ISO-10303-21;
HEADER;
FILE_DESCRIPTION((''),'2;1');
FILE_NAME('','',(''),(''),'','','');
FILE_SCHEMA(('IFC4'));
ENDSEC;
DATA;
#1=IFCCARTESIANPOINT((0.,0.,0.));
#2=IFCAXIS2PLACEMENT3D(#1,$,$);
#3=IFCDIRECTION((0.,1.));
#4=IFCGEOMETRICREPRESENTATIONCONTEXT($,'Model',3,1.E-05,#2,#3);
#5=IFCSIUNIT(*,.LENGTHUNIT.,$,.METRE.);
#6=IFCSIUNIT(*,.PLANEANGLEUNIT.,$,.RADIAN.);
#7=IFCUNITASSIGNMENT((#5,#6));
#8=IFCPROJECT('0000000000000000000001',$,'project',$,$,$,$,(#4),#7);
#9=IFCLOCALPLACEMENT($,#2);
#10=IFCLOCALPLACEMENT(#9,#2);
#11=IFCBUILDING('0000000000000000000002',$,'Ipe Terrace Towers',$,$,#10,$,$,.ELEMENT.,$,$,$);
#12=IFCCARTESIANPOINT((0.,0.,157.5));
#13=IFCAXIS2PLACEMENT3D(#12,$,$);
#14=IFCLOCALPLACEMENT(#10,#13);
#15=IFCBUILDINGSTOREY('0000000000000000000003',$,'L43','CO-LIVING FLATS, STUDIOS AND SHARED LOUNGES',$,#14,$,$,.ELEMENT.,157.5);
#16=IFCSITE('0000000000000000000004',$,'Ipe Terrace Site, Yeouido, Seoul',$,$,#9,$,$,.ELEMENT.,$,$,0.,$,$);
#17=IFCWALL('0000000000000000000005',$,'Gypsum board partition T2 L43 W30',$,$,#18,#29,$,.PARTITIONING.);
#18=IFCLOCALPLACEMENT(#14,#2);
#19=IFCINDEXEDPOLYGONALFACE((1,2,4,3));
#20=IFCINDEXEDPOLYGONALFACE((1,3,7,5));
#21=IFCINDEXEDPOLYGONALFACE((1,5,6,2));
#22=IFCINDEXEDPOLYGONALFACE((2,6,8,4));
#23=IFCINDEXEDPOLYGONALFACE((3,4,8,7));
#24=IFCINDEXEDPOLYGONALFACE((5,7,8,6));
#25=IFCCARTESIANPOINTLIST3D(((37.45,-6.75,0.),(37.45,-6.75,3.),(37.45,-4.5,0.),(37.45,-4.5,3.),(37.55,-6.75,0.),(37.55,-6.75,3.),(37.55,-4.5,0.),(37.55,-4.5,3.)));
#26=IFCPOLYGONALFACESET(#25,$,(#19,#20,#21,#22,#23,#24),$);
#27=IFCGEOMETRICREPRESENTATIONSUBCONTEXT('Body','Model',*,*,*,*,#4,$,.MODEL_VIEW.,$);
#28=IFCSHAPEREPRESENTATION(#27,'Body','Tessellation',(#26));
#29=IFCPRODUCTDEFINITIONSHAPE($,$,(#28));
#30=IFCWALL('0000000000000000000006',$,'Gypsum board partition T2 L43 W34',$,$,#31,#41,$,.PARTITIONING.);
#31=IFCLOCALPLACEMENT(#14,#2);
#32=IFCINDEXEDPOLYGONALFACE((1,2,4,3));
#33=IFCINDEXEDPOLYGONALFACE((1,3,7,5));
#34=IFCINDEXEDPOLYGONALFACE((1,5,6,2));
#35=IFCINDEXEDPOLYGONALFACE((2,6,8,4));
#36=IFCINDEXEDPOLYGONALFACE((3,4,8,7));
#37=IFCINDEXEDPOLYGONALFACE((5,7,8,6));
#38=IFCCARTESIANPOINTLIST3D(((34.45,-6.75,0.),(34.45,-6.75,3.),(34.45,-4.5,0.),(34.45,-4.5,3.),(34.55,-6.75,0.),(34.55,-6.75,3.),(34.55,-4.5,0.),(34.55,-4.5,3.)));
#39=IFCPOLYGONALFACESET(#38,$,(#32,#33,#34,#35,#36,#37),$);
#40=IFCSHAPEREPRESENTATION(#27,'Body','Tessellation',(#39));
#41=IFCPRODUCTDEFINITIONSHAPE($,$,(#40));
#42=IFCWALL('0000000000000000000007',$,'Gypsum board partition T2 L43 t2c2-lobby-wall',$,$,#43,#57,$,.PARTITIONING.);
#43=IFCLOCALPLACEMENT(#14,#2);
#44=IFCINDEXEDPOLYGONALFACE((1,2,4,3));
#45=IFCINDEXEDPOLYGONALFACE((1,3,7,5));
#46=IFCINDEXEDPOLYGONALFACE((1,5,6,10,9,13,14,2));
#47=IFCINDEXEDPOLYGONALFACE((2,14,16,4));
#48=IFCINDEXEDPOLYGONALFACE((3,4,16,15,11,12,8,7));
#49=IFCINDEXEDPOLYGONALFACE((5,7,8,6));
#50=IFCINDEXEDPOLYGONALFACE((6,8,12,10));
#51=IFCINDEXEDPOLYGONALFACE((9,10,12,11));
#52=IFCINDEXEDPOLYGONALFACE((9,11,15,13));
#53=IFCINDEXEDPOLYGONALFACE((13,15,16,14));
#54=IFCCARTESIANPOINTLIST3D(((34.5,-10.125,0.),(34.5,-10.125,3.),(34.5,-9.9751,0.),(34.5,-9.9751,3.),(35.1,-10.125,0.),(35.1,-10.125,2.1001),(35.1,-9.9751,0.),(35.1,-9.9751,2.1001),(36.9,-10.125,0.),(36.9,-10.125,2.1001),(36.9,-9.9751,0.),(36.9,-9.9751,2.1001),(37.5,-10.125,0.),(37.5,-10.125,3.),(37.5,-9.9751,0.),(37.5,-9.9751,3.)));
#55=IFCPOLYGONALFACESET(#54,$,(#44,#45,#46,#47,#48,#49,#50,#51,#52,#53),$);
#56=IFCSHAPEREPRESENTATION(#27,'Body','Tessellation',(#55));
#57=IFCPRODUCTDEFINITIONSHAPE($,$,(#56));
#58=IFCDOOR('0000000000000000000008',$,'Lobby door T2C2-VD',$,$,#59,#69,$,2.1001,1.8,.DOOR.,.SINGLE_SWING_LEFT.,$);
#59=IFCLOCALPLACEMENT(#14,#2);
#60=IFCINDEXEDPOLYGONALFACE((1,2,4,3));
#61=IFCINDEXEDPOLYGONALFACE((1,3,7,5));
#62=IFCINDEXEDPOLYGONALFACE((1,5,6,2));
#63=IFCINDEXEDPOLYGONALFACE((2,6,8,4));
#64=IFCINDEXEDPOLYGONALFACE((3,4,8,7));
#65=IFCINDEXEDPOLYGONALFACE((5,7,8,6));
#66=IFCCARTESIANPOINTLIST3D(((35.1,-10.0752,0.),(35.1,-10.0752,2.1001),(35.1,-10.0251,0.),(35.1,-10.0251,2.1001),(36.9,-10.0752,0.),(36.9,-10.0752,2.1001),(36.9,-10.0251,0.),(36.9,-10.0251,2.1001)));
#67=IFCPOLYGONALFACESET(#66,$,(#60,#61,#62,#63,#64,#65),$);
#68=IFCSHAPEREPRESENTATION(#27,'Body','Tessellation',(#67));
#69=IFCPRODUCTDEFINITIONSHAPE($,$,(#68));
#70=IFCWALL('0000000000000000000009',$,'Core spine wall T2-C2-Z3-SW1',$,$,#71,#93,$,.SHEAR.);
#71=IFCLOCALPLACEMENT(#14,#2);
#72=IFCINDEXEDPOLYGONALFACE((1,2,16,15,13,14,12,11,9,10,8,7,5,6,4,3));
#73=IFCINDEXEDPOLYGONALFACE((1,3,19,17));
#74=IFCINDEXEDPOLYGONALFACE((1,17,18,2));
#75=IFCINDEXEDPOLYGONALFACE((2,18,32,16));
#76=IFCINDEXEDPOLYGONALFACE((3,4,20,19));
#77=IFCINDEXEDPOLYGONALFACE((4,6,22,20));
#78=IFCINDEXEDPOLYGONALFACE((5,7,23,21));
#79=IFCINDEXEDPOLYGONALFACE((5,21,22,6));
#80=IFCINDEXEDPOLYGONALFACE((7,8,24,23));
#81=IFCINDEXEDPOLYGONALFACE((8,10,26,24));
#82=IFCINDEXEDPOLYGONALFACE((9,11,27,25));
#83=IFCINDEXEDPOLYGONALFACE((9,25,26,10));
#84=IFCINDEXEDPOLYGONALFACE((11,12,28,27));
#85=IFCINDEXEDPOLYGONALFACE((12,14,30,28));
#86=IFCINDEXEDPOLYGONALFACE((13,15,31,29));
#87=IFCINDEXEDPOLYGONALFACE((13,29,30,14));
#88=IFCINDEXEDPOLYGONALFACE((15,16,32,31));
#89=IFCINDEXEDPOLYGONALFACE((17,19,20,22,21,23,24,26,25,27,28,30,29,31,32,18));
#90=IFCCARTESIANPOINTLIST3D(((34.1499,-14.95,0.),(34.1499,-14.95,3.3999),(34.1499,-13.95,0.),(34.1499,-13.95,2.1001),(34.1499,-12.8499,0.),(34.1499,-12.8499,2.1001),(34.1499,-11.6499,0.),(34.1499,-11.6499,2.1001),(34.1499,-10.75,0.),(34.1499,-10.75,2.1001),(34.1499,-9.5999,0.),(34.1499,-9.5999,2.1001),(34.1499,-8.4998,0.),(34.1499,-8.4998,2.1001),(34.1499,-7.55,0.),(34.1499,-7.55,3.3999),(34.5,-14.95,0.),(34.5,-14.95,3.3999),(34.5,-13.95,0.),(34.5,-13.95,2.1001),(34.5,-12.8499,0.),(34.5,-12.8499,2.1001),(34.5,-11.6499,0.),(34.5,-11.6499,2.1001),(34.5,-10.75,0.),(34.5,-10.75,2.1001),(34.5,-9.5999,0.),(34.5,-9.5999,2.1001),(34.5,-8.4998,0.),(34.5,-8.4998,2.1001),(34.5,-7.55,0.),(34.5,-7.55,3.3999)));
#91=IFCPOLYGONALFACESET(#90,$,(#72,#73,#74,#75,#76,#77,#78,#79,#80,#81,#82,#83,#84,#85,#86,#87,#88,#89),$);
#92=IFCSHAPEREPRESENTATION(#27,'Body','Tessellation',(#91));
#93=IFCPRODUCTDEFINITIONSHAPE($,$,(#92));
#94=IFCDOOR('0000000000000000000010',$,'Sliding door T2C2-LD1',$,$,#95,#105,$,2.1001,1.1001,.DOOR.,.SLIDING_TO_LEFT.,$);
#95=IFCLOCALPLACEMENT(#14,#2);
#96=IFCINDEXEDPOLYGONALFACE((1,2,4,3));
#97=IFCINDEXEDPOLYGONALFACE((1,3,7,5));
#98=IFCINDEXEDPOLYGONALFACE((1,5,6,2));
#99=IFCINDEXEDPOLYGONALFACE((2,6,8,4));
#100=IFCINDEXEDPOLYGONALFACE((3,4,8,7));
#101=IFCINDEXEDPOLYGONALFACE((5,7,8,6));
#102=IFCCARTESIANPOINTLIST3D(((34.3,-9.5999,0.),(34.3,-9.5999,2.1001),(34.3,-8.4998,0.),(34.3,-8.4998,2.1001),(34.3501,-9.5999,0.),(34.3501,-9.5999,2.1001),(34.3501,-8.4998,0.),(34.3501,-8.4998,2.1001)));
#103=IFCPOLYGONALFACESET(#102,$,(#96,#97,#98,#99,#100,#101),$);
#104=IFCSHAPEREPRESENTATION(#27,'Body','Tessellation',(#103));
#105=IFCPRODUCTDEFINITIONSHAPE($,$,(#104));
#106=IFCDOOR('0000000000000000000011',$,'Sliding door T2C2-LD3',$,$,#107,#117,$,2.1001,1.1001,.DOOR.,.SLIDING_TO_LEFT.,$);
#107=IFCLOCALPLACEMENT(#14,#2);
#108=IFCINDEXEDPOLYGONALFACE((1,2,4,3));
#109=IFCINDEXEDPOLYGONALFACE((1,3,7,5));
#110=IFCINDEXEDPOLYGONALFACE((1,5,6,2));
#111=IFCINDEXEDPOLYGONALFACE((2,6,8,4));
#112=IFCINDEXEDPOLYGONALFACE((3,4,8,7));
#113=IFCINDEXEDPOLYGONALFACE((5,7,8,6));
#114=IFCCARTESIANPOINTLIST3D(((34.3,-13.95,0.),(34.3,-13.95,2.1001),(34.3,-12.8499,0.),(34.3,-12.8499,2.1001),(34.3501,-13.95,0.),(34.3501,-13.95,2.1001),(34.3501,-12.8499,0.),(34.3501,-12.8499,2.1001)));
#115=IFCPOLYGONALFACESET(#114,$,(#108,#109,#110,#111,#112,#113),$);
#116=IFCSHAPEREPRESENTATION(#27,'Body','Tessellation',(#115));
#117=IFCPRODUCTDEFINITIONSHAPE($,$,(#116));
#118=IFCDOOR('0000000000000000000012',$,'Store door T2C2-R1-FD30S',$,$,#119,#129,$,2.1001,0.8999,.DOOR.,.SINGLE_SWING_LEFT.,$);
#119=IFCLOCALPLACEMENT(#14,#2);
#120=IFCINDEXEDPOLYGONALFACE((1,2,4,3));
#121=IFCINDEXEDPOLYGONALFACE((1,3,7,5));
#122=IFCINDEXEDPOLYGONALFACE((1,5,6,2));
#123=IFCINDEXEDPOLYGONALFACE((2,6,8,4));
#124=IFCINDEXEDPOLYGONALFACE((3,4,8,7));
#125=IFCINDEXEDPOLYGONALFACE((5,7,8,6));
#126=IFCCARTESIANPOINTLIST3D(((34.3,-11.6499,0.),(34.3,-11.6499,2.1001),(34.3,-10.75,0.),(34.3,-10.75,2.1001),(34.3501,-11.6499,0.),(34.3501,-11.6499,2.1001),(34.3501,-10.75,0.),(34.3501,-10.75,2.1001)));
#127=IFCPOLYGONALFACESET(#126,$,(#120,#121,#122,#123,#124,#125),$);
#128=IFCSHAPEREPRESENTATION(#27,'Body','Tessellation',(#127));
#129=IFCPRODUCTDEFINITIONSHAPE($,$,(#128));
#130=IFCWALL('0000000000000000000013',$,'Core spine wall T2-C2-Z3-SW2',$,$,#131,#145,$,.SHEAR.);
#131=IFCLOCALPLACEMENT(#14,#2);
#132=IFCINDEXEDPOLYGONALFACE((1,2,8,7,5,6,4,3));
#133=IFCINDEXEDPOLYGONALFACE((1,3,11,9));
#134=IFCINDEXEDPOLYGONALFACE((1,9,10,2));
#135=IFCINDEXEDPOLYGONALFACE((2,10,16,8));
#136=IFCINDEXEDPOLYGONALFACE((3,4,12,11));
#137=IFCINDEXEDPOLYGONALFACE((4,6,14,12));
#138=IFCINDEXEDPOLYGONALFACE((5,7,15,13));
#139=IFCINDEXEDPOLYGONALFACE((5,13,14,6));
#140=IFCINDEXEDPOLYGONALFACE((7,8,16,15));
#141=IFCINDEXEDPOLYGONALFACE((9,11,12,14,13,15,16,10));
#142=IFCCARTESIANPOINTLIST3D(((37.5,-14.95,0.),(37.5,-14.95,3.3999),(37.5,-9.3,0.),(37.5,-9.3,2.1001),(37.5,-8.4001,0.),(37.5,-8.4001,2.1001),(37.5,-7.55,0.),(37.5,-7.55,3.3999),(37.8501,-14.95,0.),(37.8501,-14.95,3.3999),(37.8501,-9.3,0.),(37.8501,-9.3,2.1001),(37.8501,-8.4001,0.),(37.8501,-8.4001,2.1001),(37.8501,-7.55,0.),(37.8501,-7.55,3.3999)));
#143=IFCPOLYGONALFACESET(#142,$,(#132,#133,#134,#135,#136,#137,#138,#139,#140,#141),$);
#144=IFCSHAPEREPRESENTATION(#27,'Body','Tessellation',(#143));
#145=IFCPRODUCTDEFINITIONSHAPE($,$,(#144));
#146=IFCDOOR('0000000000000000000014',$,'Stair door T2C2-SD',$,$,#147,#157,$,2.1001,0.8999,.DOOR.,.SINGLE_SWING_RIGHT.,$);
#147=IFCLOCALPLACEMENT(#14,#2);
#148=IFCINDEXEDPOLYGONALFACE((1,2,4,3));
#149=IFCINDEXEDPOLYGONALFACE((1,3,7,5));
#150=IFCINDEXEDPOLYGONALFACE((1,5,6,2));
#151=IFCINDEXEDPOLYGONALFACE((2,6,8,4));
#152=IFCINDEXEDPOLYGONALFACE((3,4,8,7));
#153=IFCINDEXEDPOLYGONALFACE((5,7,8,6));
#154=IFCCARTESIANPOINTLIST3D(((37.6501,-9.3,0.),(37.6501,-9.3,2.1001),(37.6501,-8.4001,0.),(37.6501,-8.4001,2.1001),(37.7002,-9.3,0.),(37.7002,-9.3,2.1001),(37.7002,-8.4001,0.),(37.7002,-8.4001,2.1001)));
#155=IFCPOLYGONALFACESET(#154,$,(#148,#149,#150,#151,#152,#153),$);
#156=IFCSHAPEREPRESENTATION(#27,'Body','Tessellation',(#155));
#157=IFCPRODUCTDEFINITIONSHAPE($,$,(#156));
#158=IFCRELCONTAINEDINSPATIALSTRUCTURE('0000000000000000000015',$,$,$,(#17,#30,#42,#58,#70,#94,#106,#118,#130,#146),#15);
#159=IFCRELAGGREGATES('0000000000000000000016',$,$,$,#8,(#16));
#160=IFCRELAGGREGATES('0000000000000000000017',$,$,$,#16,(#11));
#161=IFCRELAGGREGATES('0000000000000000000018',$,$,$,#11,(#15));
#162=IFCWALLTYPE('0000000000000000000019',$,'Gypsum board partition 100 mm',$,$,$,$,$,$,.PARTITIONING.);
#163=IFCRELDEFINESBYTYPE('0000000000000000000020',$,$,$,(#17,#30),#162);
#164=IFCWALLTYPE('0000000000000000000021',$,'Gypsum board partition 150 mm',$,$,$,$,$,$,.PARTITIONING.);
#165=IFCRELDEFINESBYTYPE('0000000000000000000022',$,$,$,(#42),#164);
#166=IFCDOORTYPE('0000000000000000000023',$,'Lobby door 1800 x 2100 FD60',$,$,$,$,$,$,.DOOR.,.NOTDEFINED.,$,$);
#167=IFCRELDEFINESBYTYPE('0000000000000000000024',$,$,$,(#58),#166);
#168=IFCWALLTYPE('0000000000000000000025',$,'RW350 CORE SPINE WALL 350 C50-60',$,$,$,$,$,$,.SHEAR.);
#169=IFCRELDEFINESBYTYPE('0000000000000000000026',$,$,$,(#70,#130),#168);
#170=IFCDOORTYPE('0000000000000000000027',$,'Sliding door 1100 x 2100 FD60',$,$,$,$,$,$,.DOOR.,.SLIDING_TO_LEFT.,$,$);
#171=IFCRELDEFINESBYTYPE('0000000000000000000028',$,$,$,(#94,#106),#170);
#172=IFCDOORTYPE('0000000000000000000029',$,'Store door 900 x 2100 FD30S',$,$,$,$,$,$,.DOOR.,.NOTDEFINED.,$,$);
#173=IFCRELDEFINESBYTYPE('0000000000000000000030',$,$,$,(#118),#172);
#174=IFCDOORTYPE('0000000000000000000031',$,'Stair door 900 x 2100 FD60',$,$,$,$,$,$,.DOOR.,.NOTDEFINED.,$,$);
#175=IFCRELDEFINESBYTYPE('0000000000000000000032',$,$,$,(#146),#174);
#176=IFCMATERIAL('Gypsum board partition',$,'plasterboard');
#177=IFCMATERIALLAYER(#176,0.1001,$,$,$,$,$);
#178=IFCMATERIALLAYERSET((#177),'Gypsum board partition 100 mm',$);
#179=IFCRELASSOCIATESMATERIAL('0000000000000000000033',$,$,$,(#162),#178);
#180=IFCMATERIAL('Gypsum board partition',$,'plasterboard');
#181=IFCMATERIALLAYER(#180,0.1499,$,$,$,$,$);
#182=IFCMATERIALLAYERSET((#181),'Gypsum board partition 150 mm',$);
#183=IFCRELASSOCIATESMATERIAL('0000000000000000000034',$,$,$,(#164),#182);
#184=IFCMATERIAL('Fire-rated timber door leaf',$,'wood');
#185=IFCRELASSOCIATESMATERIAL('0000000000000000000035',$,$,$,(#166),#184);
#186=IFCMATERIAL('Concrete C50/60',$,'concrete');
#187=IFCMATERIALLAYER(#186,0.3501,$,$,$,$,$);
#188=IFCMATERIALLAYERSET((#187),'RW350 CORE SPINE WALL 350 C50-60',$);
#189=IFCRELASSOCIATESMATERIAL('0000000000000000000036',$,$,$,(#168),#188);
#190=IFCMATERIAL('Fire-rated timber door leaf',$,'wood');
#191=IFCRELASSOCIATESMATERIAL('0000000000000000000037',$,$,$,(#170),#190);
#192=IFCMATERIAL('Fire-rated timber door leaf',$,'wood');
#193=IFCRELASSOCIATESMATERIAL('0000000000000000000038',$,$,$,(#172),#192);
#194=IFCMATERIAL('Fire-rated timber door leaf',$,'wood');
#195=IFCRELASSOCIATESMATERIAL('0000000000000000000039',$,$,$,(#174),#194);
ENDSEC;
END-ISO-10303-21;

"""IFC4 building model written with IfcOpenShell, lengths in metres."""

from ifc_helpers import new_model, si_unit, direction, frame, frame_2d, origin, place, context, subcontext, project, spatial, rectangle, extrude, material, layer, layer_set, type_object, element, fill, save


model = new_model("IFC4")

# Units and contexts
model_context = context("Model", 3, precision=1e-05, world=origin(), true_north=direction((0.0, 1.0)))
body_context = subcontext(model_context, "Body", "Model", "MODEL_VIEW")
ifc_project = project(units=[si_unit("LENGTHUNIT", "METRE"), si_unit("PLANEANGLEUNIT", "RADIAN")], contexts=[model_context])

# Site, building, storey
site_placement = place(None, origin())
site = spatial("IfcSite", under=ifc_project, at=site_placement, Name="Ipe Terrace Site, Yeouido, Seoul", CompositionType="ELEMENT", RefElevation=0.0)
building_placement = place(site_placement, origin())
building = spatial("IfcBuilding", under=site, at=building_placement, Name="Ipe Terrace Towers", CompositionType="ELEMENT")
storey_placement = place(building_placement, frame((0.0, 0.0, 157.5)))
storey = spatial("IfcBuildingStorey", under=building, at=storey_placement, Name="L43", Description="CO-LIVING FLATS, STUDIOS AND SHARED LOUNGES", CompositionType="ELEMENT", Elevation=157.5)

# Walls
ifc_material_1 = material(Name="Gypsum board partition", Category="plasterboard")
ifc_layer_1 = layer(ifc_material_1, 0.1001)
ifc_layer_set_1 = layer_set([ifc_layer_1], Name="Gypsum board partition 100 mm")
wall_type_1 = type_object("IfcWallType", Name="Gypsum board partition 100 mm", PredefinedType="PARTITIONING", material=ifc_layer_set_1)
for number, where, z_axis, x_axis, name in (
    (1, (37.5, -6.75, 0.0), (0.0, 0.0, 1.0), (0.0, 1.0, 0.0), "Gypsum board partition T2 L43 W30"),
    (2, (34.5, -6.75, 0.0), (0.0, 0.0, 1.0), (0.0, 1.0, 0.0), "Gypsum board partition T2 L43 W34"),
):
    element("IfcWall", number, at=place(storey_placement, frame(where, z_axis=z_axis, x_axis=x_axis)), inside=storey, type_object=wall_type_1, Name=name, PredefinedType="PARTITIONING", context=body_context, shape_type="SweptSolid", body=[
        extrude(rectangle(XDim=2.25, YDim=0.1001, at=frame_2d((1.125, 0.0))), origin(), (0.0, 0.0, 1.0), 3.0),
    ])

# Wall, opening, door
ifc_material_2 = material(Name="Gypsum board partition", Category="plasterboard")
ifc_layer_2 = layer(ifc_material_2, 0.1499)
ifc_layer_set_2 = layer_set([ifc_layer_2], Name="Gypsum board partition 150 mm")
wall_type_2 = type_object("IfcWallType", Name="Gypsum board partition 150 mm", PredefinedType="PARTITIONING", material=ifc_layer_set_2)
wall_1_placement = place(storey_placement, frame((34.5, -10.05, 0.0), z_axis=(0.0, 0.0, 1.0), x_axis=(1.0, 0.0, 0.0)))
wall_1 = element("IfcWall", 3, at=wall_1_placement, inside=storey, type_object=wall_type_2, Name="Gypsum board partition T2 L43 t2c2-lobby-wall", PredefinedType="PARTITIONING", context=body_context, shape_type="SweptSolid", body=[
    extrude(rectangle(XDim=3.0, YDim=0.1499, at=frame_2d((1.5, 0.0))), origin(), (0.0, 0.0, 1.0), 3.0),
])
opening_1_placement = place(wall_1_placement, frame((0.6001, 0.0, 0.0)))
opening_1 = element("IfcOpeningElement", 4, at=opening_1_placement, cuts=wall_1, PredefinedType="OPENING", context=body_context, shape_type="SweptSolid", body=[
    extrude(rectangle(XDim=1.8, YDim=2.1001, at=frame_2d((0.8999, 1.05))), frame((0.0, 0.085, 0.0), z_axis=(0.0, -1.0, 0.0), x_axis=(1.0, 0.0, 0.0)), (0.0, 0.0, 1.0), 0.1699),
])
ifc_material_3 = material(Name="Fire-rated timber door leaf", Category="wood")
door_type_1 = type_object("IfcDoorType", Name="Lobby door 1800 x 2100 FD60", OperationType="NOTDEFINED", PredefinedType="DOOR", material=ifc_material_3)
door_1_placement = place(opening_1_placement, origin())
door_1 = element("IfcDoor", 5, at=door_1_placement, inside=storey, type_object=door_type_1, Name="Lobby door T2C2-VD", OperationType="SINGLE_SWING_LEFT", OverallHeight=2.1001, OverallWidth=1.8, PredefinedType="DOOR", context=body_context, shape_type="SweptSolid", body=[
    extrude(rectangle(XDim=1.8, YDim=2.1001, at=frame_2d((0.8999, 1.05))), frame((0.0, 0.0249, 0.0), z_axis=(0.0, -1.0, 0.0), x_axis=(1.0, 0.0, 0.0)), (0.0, 0.0, 1.0), 0.05),
])
fill(opening_1, door_1)

# Wall, openings, doors
ifc_material_4 = material(Name="Concrete C50/60", Category="concrete")
ifc_layer_3 = layer(ifc_material_4, 0.3501)
ifc_layer_set_3 = layer_set([ifc_layer_3], Name="RW350 CORE SPINE WALL 350 C50-60")
wall_type_3 = type_object("IfcWallType", Name="RW350 CORE SPINE WALL 350 C50-60", PredefinedType="SHEAR", material=ifc_layer_set_3)
wall_2_placement = place(storey_placement, frame((34.325, -14.95, 0.0), z_axis=(0.0, 0.0, 1.0), x_axis=(0.0, 1.0, 0.0)))
wall_2 = element("IfcWall", 6, at=wall_2_placement, inside=storey, type_object=wall_type_3, Name="Core spine wall T2-C2-Z3-SW1", PredefinedType="SHEAR", context=body_context, shape_type="SweptSolid", body=[
    extrude(rectangle(XDim=7.3999, YDim=0.3501, at=frame_2d((3.7, 0.0))), origin(), (0.0, 0.0, 1.0), 3.3999),
])
opening_2_placement = place(wall_2_placement, frame((5.3501, 0.0, 0.0)))
opening_2 = element("IfcOpeningElement", 7, at=opening_2_placement, cuts=wall_2, PredefinedType="OPENING", context=body_context, shape_type="SweptSolid", body=[
    extrude(rectangle(XDim=1.1001, YDim=2.1001, at=frame_2d((0.55, 1.05))), frame((0.0, 0.1851, 0.0), z_axis=(0.0, -1.0, 0.0), x_axis=(1.0, 0.0, 0.0)), (0.0, 0.0, 1.0), 0.3701),
])
opening_3_placement = place(wall_2_placement, frame((1.0, 0.0, 0.0)))
opening_3 = element("IfcOpeningElement", 8, at=opening_3_placement, cuts=wall_2, PredefinedType="OPENING", context=body_context, shape_type="SweptSolid", body=[
    extrude(rectangle(XDim=1.1001, YDim=2.1001, at=frame_2d((0.55, 1.05))), frame((0.0, 0.1851, 0.0), z_axis=(0.0, -1.0, 0.0), x_axis=(1.0, 0.0, 0.0)), (0.0, 0.0, 1.0), 0.3701),
])
opening_4_placement = place(wall_2_placement, frame((3.3, 0.0, 0.0)))
opening_4 = element("IfcOpeningElement", 9, at=opening_4_placement, cuts=wall_2, PredefinedType="OPENING", context=body_context, shape_type="SweptSolid", body=[
    extrude(rectangle(XDim=0.8999, YDim=2.1001, at=frame_2d((0.45, 1.05))), frame((0.0, 0.1851, 0.0), z_axis=(0.0, -1.0, 0.0), x_axis=(1.0, 0.0, 0.0)), (0.0, 0.0, 1.0), 0.3701),
])
ifc_material_5 = material(Name="Fire-rated timber door leaf", Category="wood")
door_type_2 = type_object("IfcDoorType", Name="Sliding door 1100 x 2100 FD60", OperationType="SLIDING_TO_LEFT", PredefinedType="DOOR", material=ifc_material_5)
door_2_placement = place(opening_2_placement, origin())
door_2 = element("IfcDoor", 10, at=door_2_placement, inside=storey, type_object=door_type_2, Name="Sliding door T2C2-LD1", OperationType="SLIDING_TO_LEFT", OverallHeight=2.1001, OverallWidth=1.1001, PredefinedType="DOOR", context=body_context, shape_type="SweptSolid", body=[
    extrude(rectangle(XDim=1.1001, YDim=2.1001, at=frame_2d((0.55, 1.05))), frame((0.0, 0.0249, 0.0), z_axis=(0.0, -1.0, 0.0), x_axis=(1.0, 0.0, 0.0)), (0.0, 0.0, 1.0), 0.05),
])
fill(opening_2, door_2)
door_3_placement = place(opening_3_placement, origin())
door_3 = element("IfcDoor", 11, at=door_3_placement, inside=storey, type_object=door_type_2, Name="Sliding door T2C2-LD3", OperationType="SLIDING_TO_LEFT", OverallHeight=2.1001, OverallWidth=1.1001, PredefinedType="DOOR", context=body_context, shape_type="SweptSolid", body=[
    extrude(rectangle(XDim=1.1001, YDim=2.1001, at=frame_2d((0.55, 1.05))), frame((0.0, 0.0249, 0.0), z_axis=(0.0, -1.0, 0.0), x_axis=(1.0, 0.0, 0.0)), (0.0, 0.0, 1.0), 0.05),
])
fill(opening_3, door_3)
ifc_material_6 = material(Name="Fire-rated timber door leaf", Category="wood")
door_type_3 = type_object("IfcDoorType", Name="Store door 900 x 2100 FD30S", OperationType="NOTDEFINED", PredefinedType="DOOR", material=ifc_material_6)
door_4_placement = place(opening_4_placement, origin())
door_4 = element("IfcDoor", 12, at=door_4_placement, inside=storey, type_object=door_type_3, Name="Store door T2C2-R1-FD30S", OperationType="SINGLE_SWING_LEFT", OverallHeight=2.1001, OverallWidth=0.8999, PredefinedType="DOOR", context=body_context, shape_type="SweptSolid", body=[
    extrude(rectangle(XDim=0.8999, YDim=2.1001, at=frame_2d((0.45, 1.05))), frame((0.0, 0.0249, 0.0), z_axis=(0.0, -1.0, 0.0), x_axis=(1.0, 0.0, 0.0)), (0.0, 0.0, 1.0), 0.05),
])
fill(opening_4, door_4)

# Wall, opening, door
wall_3_placement = place(storey_placement, frame((37.675, -14.95, 0.0), z_axis=(0.0, 0.0, 1.0), x_axis=(0.0, 1.0, 0.0)))
wall_3 = element("IfcWall", 13, at=wall_3_placement, inside=storey, type_object=wall_type_3, Name="Core spine wall T2-C2-Z3-SW2", PredefinedType="SHEAR", context=body_context, shape_type="SweptSolid", body=[
    extrude(rectangle(XDim=7.3999, YDim=0.3501, at=frame_2d((3.7, 0.0))), origin(), (0.0, 0.0, 1.0), 3.3999),
])
opening_5_placement = place(wall_3_placement, frame((5.6499, 0.0, 0.0)))
opening_5 = element("IfcOpeningElement", 14, at=opening_5_placement, cuts=wall_3, PredefinedType="OPENING", context=body_context, shape_type="SweptSolid", body=[
    extrude(rectangle(XDim=0.8999, YDim=2.1001, at=frame_2d((0.45, 1.05))), frame((0.0, 0.1851, 0.0), z_axis=(0.0, -1.0, 0.0), x_axis=(1.0, 0.0, 0.0)), (0.0, 0.0, 1.0), 0.3701),
])
ifc_material_7 = material(Name="Fire-rated timber door leaf", Category="wood")
door_type_4 = type_object("IfcDoorType", Name="Stair door 900 x 2100 FD60", OperationType="NOTDEFINED", PredefinedType="DOOR", material=ifc_material_7)
door_5_placement = place(opening_5_placement, origin())
door_5 = element("IfcDoor", 15, at=door_5_placement, inside=storey, type_object=door_type_4, Name="Stair door T2C2-SD", OperationType="SINGLE_SWING_RIGHT", OverallHeight=2.1001, OverallWidth=0.8999, PredefinedType="DOOR", context=body_context, shape_type="SweptSolid", body=[
    extrude(rectangle(XDim=0.8999, YDim=2.1001, at=frame_2d((0.45, 1.05))), frame((0.0, 0.0249, 0.0), z_axis=(0.0, -1.0, 0.0), x_axis=(1.0, 0.0, 0.0)), (0.0, 0.0, 1.0), 0.05),
])
fill(opening_5, door_5)

save(model, "model.ifc")
